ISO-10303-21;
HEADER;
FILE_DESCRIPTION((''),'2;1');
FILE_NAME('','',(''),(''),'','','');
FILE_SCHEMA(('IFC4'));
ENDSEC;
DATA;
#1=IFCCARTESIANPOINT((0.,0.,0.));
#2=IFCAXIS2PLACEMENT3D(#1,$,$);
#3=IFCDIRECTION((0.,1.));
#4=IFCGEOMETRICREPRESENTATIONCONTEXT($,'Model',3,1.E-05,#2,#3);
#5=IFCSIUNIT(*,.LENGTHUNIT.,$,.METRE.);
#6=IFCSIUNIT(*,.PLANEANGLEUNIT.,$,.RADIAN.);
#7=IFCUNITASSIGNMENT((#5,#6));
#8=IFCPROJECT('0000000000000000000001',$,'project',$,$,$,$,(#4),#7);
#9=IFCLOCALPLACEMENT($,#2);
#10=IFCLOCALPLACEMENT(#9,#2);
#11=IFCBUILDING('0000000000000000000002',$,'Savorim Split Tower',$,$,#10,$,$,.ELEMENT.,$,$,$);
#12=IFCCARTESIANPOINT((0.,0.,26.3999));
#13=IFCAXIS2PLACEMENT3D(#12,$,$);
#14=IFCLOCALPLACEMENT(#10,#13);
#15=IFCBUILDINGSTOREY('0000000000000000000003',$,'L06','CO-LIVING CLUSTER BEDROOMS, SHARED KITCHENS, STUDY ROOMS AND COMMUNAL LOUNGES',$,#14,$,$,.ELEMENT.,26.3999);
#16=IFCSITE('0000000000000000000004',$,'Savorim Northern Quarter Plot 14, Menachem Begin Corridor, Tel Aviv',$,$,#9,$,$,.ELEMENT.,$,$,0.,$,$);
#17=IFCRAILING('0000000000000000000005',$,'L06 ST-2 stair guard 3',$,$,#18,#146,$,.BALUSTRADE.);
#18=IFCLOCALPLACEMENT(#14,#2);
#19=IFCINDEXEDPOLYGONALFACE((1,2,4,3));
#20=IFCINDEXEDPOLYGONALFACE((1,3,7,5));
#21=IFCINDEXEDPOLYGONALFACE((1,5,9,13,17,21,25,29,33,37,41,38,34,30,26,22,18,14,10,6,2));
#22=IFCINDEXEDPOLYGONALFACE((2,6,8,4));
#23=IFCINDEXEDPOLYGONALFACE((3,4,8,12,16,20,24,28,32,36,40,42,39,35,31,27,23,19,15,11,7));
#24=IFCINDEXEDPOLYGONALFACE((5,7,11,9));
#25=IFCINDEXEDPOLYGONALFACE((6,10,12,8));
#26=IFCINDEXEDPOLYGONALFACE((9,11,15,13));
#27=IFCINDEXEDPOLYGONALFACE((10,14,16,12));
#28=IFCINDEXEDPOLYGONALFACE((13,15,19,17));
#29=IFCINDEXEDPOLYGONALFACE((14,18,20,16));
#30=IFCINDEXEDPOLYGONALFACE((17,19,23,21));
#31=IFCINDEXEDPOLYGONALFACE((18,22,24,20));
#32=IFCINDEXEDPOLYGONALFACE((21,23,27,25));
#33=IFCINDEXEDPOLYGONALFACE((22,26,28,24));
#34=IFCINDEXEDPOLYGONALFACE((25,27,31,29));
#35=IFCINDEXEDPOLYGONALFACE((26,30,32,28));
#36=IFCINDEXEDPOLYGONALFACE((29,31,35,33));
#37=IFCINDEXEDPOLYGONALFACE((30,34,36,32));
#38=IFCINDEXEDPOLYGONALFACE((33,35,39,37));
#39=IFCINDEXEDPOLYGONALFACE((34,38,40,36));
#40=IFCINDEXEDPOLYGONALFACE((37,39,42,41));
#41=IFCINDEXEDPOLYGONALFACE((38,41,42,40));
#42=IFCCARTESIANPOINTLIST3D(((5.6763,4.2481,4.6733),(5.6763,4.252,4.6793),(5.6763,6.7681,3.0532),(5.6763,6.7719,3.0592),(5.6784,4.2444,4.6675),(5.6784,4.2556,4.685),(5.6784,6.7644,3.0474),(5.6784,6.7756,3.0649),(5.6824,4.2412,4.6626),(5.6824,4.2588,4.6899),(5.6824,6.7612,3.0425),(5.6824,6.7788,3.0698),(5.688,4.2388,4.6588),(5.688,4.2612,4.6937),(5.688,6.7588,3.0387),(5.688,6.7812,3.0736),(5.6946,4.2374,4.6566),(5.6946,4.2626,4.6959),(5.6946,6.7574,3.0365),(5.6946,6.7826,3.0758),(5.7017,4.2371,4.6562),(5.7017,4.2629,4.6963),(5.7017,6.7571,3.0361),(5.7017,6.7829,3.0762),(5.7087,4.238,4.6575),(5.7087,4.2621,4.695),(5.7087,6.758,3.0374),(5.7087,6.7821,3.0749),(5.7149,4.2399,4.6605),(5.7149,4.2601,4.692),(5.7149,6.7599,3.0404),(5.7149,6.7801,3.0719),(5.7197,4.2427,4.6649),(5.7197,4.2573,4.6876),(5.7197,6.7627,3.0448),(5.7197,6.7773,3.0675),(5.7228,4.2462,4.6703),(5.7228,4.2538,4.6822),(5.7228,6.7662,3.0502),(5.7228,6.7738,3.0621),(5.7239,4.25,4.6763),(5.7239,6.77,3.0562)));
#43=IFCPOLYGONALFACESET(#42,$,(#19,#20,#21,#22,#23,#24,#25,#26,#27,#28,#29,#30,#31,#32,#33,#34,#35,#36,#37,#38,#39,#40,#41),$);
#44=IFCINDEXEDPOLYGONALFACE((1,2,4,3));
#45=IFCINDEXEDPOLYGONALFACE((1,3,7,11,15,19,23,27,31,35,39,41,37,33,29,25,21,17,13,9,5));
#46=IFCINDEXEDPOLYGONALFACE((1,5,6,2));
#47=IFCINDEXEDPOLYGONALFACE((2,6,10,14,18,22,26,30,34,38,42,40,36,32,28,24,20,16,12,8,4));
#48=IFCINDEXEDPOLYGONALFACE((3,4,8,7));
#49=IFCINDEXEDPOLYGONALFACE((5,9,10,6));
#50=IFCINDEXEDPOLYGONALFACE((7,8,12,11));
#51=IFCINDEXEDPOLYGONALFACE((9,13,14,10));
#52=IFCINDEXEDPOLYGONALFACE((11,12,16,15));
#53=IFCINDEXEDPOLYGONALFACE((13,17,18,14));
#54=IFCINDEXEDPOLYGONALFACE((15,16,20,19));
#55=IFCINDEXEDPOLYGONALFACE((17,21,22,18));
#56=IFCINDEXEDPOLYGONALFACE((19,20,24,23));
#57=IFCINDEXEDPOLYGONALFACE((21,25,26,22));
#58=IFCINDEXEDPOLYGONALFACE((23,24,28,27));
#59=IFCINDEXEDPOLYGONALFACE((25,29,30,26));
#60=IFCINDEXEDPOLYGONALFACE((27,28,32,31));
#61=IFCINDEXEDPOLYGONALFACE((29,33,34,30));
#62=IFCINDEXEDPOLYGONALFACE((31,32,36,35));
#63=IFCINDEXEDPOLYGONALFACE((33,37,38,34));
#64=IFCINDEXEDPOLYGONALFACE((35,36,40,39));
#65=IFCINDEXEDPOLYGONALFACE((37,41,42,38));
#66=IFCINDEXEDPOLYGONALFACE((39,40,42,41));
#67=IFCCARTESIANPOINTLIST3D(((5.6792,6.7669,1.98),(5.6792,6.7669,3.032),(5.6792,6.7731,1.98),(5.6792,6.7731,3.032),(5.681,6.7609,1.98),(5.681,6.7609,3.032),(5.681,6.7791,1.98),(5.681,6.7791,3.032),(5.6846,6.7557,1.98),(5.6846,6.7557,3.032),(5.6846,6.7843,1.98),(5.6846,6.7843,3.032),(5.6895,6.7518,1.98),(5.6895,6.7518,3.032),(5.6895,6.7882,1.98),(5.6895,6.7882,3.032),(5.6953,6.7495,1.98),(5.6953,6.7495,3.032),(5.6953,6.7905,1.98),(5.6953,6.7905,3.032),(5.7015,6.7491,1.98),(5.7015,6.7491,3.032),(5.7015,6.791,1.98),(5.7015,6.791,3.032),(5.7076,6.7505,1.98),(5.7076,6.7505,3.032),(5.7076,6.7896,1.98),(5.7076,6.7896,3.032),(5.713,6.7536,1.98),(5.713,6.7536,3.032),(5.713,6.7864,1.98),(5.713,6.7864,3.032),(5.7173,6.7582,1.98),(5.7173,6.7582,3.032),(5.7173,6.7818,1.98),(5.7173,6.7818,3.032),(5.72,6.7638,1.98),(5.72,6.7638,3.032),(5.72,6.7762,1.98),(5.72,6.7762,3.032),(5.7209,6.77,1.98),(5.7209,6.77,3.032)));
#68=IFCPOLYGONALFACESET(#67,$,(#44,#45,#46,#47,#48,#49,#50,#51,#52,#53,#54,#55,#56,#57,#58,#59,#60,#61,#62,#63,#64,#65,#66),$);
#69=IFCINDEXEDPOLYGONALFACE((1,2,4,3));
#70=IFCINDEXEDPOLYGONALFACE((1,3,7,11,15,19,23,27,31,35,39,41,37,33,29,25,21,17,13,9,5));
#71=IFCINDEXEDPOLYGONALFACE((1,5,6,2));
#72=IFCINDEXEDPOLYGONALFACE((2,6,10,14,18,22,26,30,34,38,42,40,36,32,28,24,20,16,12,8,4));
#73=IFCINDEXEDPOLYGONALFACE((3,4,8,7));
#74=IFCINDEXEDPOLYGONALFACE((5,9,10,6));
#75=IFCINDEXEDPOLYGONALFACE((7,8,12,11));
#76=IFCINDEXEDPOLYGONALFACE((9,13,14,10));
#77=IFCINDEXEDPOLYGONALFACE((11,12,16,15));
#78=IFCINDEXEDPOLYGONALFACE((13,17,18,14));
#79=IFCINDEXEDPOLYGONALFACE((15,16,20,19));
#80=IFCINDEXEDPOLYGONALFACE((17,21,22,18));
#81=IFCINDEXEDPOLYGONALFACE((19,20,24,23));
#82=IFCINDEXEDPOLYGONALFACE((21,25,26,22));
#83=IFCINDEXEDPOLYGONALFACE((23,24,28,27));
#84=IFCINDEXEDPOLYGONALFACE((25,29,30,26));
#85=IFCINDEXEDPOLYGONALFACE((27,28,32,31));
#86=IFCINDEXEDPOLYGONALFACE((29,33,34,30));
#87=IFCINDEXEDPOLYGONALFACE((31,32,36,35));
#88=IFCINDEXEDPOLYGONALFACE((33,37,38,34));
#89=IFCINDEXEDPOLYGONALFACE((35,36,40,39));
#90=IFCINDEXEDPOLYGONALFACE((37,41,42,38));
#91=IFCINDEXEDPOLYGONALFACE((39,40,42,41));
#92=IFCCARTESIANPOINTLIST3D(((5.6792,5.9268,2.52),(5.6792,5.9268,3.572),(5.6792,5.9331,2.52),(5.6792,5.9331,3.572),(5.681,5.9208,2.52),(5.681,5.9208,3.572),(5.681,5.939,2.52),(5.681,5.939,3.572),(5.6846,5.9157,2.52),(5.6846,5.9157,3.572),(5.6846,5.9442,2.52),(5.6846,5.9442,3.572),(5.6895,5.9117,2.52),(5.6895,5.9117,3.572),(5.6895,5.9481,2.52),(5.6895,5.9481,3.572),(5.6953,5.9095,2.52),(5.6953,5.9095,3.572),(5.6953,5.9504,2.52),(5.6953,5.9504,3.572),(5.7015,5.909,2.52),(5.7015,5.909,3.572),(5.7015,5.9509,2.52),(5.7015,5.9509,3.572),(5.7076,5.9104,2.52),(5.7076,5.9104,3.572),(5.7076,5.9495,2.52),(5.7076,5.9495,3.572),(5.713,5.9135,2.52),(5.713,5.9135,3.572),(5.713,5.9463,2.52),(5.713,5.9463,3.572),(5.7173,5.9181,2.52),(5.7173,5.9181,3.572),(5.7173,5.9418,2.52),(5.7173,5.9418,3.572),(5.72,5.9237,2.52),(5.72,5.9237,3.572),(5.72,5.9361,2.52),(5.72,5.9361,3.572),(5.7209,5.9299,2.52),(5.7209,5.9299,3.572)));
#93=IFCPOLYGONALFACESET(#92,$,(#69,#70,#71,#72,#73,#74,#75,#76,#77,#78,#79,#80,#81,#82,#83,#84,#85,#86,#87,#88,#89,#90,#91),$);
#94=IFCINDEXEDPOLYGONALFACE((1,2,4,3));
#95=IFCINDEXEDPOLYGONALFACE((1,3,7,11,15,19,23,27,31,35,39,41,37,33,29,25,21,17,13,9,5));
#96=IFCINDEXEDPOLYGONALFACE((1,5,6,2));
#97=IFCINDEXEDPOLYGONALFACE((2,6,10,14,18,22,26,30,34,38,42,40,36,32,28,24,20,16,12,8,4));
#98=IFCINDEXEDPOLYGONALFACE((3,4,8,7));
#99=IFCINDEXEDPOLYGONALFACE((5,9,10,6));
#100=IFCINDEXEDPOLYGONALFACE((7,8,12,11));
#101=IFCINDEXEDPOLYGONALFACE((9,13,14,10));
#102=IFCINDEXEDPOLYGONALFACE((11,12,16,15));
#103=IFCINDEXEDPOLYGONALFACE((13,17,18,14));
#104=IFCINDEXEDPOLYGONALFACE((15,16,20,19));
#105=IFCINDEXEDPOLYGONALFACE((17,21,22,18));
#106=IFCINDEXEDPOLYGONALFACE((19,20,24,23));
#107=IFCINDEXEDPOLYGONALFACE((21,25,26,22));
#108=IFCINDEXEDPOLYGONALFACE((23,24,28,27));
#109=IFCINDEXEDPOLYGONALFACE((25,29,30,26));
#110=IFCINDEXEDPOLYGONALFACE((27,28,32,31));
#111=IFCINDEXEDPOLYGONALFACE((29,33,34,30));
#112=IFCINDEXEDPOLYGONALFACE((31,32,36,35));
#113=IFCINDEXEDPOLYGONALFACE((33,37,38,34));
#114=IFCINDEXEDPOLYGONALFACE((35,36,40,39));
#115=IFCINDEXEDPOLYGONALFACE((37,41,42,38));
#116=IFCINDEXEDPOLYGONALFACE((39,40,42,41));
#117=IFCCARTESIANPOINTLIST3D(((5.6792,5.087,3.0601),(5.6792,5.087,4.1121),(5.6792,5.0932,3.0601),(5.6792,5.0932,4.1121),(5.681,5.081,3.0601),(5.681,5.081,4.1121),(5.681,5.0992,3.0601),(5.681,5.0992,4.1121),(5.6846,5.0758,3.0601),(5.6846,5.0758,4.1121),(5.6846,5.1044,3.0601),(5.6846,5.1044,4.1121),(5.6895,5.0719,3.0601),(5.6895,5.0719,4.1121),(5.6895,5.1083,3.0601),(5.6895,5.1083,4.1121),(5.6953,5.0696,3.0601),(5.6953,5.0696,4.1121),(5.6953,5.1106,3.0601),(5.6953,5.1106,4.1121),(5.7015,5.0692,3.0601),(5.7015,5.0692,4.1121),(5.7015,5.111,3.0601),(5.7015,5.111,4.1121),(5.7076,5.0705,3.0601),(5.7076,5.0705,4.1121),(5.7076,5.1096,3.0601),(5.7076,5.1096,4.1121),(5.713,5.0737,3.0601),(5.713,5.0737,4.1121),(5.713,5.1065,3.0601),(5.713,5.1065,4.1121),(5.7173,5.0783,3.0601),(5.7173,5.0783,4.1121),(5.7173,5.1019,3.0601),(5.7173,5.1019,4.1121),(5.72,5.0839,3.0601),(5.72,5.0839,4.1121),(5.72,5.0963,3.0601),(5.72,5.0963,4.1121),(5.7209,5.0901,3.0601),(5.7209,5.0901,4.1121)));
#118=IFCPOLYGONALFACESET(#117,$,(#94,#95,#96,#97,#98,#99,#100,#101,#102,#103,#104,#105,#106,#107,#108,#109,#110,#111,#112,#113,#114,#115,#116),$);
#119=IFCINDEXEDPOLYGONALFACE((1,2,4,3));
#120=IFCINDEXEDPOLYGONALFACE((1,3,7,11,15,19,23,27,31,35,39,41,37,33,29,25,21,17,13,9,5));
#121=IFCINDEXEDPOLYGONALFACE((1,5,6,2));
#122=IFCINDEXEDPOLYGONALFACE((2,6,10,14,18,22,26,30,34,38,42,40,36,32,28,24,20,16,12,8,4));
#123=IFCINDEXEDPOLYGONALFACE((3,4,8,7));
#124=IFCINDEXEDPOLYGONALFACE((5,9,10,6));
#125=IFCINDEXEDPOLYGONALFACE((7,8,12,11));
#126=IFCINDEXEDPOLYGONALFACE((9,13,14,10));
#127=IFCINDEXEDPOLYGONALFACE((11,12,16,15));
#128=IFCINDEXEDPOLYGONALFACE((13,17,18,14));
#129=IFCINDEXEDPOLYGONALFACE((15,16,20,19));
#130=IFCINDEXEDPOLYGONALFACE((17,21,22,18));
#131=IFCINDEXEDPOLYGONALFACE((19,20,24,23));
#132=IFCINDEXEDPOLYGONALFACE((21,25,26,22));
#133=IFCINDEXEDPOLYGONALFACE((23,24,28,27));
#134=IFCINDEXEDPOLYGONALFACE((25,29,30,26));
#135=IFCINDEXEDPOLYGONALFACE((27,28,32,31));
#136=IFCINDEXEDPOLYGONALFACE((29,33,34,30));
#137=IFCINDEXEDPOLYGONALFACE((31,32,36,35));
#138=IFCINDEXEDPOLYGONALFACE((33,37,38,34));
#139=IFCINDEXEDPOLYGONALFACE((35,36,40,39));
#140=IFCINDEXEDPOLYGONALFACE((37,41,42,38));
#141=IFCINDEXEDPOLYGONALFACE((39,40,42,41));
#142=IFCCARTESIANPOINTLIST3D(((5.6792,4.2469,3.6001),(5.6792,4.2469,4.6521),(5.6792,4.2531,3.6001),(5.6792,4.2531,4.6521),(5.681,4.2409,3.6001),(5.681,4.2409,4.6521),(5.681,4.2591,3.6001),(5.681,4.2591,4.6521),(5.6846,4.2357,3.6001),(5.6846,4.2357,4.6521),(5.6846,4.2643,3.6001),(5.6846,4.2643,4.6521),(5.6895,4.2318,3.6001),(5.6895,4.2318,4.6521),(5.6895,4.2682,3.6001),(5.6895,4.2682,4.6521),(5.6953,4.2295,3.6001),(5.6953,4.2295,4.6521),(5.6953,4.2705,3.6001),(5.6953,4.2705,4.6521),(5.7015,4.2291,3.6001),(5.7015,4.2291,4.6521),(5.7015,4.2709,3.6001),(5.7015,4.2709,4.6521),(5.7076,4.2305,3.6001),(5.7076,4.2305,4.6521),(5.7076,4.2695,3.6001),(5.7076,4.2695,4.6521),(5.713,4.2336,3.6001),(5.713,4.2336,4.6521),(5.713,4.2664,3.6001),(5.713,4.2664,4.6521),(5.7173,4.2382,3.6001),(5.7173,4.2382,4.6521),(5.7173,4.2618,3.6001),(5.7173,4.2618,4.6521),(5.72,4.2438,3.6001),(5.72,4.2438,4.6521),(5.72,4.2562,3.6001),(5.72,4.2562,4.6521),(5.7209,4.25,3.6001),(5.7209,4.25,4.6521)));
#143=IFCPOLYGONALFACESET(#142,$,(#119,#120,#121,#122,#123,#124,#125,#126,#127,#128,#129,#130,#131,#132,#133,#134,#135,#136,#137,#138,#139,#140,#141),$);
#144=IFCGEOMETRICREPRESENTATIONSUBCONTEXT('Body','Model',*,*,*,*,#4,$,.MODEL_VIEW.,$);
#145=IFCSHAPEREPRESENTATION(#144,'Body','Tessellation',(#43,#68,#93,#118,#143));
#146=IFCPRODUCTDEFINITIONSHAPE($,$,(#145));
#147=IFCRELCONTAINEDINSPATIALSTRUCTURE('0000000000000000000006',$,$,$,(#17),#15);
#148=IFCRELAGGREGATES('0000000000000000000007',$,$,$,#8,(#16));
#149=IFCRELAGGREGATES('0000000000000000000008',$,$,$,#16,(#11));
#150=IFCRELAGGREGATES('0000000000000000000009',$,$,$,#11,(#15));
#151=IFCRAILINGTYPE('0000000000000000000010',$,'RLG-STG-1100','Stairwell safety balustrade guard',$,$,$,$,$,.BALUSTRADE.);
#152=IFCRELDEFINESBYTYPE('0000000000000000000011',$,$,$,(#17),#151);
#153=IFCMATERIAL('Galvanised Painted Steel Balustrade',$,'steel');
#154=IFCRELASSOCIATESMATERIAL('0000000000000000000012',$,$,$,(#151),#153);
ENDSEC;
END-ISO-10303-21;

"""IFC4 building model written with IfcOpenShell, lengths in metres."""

from ifc_helpers import new_model, si_unit, direction, frame, origin, origin_2d, place, context, subcontext, project, spatial, circle, extrude, material, type_object, element, save


model = new_model("IFC4")

# Units and contexts
model_context = context("Model", 3, precision=1e-05, world=origin(), true_north=direction((0.0, 1.0)))
body_context = subcontext(model_context, "Body", "Model", "MODEL_VIEW")
ifc_project = project(units=[si_unit("LENGTHUNIT", "METRE"), si_unit("PLANEANGLEUNIT", "RADIAN")], contexts=[model_context])

# Site, building, storey
site_placement = place(None, origin())
site = spatial("IfcSite", under=ifc_project, at=site_placement, Name="Savorim Northern Quarter Plot 14, Menachem Begin Corridor, Tel Aviv", CompositionType="ELEMENT", RefElevation=0.0)
building_placement = place(site_placement, origin())
building = spatial("IfcBuilding", under=site, at=building_placement, Name="Savorim Split Tower", CompositionType="ELEMENT")
storey_placement = place(building_placement, frame((0.0, 0.0, 26.3999)))
storey = spatial("IfcBuildingStorey", under=building, at=storey_placement, Name="L06", Description="CO-LIVING CLUSTER BEDROOMS, SHARED KITCHENS, STUDY ROOMS AND COMMUNAL LOUNGES", CompositionType="ELEMENT", Elevation=26.3999)

# Railing
ifc_material_1 = material(Name="Galvanised Painted Steel Balustrade", Category="steel")
railing_type_1 = type_object("IfcRailingType", Name="RLG-STG-1100", Description="Stairwell safety balustrade guard", PredefinedType="BALUSTRADE", material=ifc_material_1)
railing_1_placement = place(storey_placement, frame((5.7, 6.77, 1.98)))
element("IfcRailing", 1, at=railing_1_placement, inside=storey, type_object=railing_type_1, Name="L06 ST-2 stair guard 3", PredefinedType="BALUSTRADE", context=body_context, shape_type="SweptSolid", body=[
    extrude(circle(Radius=0.0239, at=origin_2d()), frame((0.0, 0.0, 1.0762), z_axis=(0.0, -0.841163, 0.540782), x_axis=(1.0, 0.0, 0.0)), (0.0, 0.0, 1.0), 2.9958),
    extrude(circle(Radius=0.021, at=origin_2d()), origin(), (0.0, 0.0, 1.0), 1.052),
    extrude(circle(Radius=0.021, at=origin_2d()), frame((0.0, -0.8401, 0.54)), (0.0, 0.0, 1.0), 1.052),
    extrude(circle(Radius=0.021, at=origin_2d()), frame((0.0, -1.6799, 1.0801)), (0.0, 0.0, 1.0), 1.052),
    extrude(circle(Radius=0.021, at=origin_2d()), frame((0.0, -2.52, 1.6201)), (0.0, 0.0, 1.0), 1.052),
])

save(model, "model.ifc")
